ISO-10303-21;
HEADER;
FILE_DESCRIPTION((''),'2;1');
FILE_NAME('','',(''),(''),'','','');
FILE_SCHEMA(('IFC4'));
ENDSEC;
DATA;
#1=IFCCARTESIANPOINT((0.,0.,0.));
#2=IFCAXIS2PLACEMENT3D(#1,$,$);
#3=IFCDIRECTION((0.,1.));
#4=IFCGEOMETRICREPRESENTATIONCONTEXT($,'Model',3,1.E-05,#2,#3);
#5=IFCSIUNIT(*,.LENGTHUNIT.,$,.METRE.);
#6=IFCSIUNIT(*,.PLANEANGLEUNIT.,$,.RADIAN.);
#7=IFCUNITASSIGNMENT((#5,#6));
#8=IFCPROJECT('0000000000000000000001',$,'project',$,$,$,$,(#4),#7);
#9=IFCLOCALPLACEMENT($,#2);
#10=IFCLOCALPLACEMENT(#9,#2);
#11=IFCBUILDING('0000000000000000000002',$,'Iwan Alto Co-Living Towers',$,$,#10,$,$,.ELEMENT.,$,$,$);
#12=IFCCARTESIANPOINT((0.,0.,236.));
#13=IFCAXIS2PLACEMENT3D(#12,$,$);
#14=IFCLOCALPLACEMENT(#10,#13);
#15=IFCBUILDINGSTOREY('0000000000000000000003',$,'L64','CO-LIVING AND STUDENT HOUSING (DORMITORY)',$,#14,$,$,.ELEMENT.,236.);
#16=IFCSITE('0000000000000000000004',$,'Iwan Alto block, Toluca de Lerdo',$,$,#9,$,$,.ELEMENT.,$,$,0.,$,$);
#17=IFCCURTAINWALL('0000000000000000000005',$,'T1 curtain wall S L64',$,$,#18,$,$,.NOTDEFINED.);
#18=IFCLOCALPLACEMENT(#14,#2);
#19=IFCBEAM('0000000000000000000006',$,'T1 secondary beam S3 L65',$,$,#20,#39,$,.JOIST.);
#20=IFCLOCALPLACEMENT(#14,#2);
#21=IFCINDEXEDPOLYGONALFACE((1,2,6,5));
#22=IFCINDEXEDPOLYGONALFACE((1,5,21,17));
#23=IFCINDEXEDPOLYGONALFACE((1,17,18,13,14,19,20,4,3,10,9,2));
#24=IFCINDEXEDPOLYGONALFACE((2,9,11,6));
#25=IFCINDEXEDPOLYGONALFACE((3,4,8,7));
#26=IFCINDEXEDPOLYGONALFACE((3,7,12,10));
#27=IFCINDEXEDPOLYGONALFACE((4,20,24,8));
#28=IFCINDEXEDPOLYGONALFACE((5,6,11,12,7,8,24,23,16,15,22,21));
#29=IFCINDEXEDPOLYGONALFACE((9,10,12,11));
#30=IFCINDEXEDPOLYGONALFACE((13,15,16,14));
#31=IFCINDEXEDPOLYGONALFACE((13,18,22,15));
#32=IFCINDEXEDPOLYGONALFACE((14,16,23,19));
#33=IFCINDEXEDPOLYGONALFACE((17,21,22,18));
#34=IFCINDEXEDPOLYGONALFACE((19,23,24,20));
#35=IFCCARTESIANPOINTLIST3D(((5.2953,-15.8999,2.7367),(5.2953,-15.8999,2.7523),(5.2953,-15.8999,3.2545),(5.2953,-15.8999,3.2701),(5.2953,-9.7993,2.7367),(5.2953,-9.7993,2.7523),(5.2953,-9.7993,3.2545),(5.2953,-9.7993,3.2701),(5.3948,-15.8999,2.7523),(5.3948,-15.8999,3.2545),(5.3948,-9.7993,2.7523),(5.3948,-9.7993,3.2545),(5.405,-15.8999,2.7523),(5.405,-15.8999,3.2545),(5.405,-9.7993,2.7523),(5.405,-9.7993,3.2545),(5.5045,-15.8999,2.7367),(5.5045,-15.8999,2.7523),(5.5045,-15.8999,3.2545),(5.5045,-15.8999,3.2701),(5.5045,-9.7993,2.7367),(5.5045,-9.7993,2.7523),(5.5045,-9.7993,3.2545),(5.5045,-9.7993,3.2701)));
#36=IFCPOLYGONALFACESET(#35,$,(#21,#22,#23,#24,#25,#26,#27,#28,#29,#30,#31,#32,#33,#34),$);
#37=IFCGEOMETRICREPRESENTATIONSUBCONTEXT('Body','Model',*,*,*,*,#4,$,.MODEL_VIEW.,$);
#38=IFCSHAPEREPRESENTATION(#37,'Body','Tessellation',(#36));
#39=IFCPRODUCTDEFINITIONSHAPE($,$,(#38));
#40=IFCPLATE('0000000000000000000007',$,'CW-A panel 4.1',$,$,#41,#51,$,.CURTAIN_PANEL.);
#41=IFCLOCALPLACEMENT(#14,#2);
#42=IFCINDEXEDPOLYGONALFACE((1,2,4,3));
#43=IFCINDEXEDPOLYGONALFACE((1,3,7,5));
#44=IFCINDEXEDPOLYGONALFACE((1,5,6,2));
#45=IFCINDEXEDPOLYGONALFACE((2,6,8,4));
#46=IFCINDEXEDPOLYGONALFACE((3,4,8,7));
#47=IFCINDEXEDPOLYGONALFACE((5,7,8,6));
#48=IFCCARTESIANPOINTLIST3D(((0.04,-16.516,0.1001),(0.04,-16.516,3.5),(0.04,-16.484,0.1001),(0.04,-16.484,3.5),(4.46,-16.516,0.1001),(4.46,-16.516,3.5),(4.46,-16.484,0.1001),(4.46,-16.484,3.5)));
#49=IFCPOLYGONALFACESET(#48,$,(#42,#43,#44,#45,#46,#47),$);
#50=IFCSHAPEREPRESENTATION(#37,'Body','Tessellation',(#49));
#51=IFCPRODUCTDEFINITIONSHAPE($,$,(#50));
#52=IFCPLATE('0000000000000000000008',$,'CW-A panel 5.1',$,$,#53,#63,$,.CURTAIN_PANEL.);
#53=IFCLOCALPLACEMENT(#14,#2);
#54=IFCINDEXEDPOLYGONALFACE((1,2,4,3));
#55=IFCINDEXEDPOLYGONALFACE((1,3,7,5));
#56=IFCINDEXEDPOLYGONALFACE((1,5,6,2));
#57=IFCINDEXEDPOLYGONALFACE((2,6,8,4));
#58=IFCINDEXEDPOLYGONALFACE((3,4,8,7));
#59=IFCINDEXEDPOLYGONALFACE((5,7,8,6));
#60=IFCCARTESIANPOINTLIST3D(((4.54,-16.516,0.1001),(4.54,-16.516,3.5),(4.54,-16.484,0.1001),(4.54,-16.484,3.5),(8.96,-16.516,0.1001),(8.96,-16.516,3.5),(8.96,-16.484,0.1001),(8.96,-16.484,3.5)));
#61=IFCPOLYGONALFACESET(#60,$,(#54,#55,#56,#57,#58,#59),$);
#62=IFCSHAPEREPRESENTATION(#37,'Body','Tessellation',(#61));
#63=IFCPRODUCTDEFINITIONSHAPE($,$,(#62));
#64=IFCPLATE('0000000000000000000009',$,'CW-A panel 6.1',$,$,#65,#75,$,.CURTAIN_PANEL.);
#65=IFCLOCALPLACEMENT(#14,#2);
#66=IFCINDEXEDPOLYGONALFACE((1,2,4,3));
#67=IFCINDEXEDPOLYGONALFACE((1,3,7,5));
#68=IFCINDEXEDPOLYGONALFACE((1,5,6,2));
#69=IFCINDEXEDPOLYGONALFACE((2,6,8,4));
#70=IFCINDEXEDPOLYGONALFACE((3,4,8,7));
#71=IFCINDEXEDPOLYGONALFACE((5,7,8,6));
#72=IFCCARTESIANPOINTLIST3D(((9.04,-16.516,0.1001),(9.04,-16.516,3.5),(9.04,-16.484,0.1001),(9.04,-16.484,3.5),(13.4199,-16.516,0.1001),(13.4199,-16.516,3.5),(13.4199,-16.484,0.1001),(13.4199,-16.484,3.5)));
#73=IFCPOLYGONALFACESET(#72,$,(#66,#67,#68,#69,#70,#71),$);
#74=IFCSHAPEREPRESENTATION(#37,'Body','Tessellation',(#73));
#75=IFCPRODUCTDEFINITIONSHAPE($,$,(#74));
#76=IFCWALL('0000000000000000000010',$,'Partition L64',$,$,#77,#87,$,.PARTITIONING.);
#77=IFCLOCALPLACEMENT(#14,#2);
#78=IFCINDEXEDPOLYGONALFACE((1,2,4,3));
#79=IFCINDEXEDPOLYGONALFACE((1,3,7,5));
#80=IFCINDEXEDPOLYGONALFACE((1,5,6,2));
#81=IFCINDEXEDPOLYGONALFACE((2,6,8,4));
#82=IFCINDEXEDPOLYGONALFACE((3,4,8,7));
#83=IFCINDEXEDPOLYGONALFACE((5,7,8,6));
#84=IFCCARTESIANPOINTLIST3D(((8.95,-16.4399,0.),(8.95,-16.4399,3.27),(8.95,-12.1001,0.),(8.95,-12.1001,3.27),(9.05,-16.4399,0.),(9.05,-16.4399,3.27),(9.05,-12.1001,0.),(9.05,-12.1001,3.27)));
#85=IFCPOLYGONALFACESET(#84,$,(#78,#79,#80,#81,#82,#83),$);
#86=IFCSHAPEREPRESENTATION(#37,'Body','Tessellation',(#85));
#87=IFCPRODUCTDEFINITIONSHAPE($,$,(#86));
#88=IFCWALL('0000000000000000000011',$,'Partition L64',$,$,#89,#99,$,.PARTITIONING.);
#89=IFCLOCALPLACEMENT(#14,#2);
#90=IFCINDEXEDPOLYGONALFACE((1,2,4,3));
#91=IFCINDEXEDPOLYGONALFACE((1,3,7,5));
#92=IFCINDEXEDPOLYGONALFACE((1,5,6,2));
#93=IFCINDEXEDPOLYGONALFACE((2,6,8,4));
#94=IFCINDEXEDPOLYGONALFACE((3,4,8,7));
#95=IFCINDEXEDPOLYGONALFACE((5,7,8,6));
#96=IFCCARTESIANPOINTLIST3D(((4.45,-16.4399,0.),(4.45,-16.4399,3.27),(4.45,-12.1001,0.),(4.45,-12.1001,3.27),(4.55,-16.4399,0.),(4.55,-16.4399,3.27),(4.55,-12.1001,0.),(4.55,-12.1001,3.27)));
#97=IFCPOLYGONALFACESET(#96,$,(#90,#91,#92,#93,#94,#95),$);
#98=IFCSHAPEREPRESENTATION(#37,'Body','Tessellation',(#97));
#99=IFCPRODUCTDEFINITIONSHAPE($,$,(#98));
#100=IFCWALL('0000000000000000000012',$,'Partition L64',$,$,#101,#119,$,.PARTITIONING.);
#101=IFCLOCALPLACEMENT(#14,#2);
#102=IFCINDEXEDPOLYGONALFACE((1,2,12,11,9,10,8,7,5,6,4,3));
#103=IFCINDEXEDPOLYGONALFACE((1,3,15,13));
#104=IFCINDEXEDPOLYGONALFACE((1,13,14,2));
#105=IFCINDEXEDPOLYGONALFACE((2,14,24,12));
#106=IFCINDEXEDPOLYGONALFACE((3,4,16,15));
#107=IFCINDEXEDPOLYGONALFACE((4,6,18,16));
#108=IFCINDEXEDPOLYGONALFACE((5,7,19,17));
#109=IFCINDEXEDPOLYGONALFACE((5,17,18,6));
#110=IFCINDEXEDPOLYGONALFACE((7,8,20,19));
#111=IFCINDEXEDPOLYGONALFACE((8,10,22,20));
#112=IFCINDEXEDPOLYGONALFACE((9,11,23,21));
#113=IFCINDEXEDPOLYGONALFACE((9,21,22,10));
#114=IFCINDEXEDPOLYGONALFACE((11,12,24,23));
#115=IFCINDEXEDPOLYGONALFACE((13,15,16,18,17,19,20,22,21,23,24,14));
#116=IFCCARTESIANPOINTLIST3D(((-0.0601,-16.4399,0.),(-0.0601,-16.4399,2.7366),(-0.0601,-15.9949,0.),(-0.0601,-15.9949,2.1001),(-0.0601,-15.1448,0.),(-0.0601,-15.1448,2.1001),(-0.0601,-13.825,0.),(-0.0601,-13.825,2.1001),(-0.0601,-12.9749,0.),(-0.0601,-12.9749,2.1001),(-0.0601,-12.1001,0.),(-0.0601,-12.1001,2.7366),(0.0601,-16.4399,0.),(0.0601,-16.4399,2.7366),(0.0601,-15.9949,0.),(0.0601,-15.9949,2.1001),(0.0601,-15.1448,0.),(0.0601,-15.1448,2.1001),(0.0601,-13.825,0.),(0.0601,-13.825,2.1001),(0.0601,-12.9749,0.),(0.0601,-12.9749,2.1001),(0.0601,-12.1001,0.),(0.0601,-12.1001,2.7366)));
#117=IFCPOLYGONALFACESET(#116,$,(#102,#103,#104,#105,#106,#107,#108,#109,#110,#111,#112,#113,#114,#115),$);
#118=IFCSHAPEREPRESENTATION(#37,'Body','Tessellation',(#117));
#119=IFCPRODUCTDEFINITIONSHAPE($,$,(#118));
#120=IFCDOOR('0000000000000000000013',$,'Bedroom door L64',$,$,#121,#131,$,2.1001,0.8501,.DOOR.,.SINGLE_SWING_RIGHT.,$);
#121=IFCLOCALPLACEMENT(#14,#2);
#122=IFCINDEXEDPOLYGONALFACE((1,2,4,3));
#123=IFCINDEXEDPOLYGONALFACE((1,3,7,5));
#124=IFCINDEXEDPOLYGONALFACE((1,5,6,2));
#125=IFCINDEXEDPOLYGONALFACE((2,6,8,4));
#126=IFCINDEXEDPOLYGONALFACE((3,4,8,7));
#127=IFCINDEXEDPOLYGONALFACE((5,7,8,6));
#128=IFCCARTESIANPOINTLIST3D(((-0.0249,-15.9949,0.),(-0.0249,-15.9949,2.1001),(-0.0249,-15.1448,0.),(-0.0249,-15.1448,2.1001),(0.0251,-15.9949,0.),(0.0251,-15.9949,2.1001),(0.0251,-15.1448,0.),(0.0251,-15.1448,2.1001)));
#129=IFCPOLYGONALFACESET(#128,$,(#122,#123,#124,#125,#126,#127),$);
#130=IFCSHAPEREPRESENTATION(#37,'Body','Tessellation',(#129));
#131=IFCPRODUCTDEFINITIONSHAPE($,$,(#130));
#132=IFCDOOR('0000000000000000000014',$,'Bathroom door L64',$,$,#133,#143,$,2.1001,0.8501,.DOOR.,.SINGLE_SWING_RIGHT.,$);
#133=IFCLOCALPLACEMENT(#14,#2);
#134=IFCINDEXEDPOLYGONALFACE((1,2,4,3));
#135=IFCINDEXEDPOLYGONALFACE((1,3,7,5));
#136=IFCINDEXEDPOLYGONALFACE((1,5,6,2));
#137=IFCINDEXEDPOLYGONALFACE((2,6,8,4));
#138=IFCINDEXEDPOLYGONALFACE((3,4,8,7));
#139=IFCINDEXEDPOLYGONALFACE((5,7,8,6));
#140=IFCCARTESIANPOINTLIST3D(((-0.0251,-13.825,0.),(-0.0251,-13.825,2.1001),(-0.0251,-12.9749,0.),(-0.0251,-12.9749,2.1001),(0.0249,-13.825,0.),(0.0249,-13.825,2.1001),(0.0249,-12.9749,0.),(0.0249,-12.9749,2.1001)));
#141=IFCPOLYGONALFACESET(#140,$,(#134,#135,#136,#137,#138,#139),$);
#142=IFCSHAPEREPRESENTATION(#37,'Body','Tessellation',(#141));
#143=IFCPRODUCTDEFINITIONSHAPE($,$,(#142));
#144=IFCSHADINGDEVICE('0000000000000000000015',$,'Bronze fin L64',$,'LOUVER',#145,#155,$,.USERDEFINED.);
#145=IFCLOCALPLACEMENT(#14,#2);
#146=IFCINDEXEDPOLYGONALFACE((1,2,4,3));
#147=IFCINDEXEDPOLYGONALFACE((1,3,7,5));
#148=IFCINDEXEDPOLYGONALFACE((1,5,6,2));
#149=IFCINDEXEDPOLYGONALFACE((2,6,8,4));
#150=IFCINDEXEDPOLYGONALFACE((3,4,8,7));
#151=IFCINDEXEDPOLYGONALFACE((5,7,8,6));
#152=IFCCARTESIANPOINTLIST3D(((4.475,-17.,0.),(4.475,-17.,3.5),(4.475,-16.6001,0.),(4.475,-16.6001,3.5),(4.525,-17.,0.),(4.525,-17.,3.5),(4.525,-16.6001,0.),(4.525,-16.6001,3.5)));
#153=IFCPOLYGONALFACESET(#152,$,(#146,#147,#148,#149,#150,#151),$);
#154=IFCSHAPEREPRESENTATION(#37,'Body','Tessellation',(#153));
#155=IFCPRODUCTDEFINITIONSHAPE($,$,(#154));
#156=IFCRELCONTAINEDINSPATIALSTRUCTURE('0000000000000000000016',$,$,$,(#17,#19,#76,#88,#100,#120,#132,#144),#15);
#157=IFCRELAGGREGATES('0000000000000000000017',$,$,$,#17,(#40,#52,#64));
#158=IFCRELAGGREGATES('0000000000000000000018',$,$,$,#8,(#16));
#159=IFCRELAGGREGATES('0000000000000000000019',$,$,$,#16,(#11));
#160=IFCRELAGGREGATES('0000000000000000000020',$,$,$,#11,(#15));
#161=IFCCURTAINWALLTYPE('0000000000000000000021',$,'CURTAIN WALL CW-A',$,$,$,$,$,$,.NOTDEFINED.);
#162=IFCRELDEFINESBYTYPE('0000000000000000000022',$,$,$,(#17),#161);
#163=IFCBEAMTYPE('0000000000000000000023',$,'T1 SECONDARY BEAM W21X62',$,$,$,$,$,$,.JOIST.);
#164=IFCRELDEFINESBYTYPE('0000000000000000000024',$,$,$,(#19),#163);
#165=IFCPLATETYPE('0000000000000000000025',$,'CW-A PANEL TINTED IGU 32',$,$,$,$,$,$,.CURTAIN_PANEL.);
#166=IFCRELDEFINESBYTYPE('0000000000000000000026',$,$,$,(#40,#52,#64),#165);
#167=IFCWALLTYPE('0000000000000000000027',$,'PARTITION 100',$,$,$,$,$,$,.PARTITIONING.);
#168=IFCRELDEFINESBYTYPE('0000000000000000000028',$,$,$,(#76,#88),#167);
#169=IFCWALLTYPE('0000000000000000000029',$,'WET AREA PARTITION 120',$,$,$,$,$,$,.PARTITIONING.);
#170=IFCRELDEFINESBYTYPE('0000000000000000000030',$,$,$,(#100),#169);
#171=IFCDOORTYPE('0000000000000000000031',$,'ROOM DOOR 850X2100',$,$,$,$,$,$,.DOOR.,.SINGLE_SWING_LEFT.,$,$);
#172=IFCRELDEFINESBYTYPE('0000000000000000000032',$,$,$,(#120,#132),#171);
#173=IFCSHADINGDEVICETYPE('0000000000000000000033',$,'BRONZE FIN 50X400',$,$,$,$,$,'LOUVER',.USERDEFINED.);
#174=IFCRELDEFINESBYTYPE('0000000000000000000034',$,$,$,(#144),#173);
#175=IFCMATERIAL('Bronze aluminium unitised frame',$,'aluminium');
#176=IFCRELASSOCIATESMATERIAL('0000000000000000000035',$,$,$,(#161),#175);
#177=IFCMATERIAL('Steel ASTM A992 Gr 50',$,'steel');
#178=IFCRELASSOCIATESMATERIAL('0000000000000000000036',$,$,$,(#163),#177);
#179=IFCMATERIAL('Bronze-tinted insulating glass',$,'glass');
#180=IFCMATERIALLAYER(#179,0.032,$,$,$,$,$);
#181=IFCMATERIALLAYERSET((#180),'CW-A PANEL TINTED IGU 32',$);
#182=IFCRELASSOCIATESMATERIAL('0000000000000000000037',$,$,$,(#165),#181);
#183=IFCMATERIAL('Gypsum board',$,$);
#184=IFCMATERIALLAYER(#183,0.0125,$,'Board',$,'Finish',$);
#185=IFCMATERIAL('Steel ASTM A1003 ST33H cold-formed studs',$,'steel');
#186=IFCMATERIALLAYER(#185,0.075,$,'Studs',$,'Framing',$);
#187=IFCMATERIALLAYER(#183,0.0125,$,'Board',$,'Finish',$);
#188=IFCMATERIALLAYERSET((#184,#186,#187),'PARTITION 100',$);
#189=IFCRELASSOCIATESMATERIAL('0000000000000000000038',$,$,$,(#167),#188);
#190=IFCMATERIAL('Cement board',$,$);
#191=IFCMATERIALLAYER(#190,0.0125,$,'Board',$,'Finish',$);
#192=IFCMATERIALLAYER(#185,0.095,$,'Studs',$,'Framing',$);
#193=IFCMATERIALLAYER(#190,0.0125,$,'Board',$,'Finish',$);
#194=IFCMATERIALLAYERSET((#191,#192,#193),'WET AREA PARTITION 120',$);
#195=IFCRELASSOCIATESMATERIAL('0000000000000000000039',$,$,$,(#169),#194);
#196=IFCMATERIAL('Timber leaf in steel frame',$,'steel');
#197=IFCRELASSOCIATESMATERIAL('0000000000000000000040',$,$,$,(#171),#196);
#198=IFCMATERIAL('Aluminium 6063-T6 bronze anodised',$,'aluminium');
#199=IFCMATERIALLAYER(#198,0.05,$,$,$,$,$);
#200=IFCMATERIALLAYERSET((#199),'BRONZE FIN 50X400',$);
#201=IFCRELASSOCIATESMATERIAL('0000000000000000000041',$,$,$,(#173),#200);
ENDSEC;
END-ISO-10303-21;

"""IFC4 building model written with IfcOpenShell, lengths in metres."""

from ifc_helpers import new_model, si_unit, direction, frame, frame_2d, origin, origin_2d, place, context, subcontext, project, spatial, rectangle, i_section, extrude, material, layer, layer_set, material_profile, profile_set, type_object, element, fill, aggregate, save


model = new_model("IFC4")

# Units and contexts
model_context = context("Model", 3, precision=1e-05, world=origin(), true_north=direction((0.0, 1.0)))
body_context = subcontext(model_context, "Body", "Model", "MODEL_VIEW")
ifc_project = project(units=[si_unit("LENGTHUNIT", "METRE"), si_unit("PLANEANGLEUNIT", "RADIAN")], contexts=[model_context])

# Site, building, storey
site_placement = place(None, origin())
site = spatial("IfcSite", under=ifc_project, at=site_placement, Name="Iwan Alto block, Toluca de Lerdo", CompositionType="ELEMENT", RefElevation=0.0)
building_placement = place(site_placement, origin())
building = spatial("IfcBuilding", under=site, at=building_placement, Name="Iwan Alto Co-Living Towers", CompositionType="ELEMENT")
storey_placement = place(building_placement, frame((0.0, 0.0, 236.0)))
storey = spatial("IfcBuildingStorey", under=building, at=storey_placement, Name="L64", Description="CO-LIVING AND STUDENT HOUSING (DORMITORY)", CompositionType="ELEMENT", Elevation=236.0)

# Curtain wall
ifc_material_1 = material(Name="Bronze aluminium unitised frame", Category="aluminium")
curtain_wall_type = type_object("IfcCurtainWallType", Name="CURTAIN WALL CW-A", PredefinedType="NOTDEFINED", material=ifc_material_1)
curtain_wall_placement = place(storey_placement, origin())
curtain_wall = element("IfcCurtainWall", 1, at=curtain_wall_placement, inside=storey, type_object=curtain_wall_type, Name="T1 curtain wall S L64", PredefinedType="NOTDEFINED")

# Beam
ifc_material_2 = material(Name="Steel ASTM A992 Gr 50", Category="steel")
ifc_material_profile_1 = material_profile(ifc_material_2, i_section(OverallWidth=0.2092, OverallDepth=0.5334, WebThickness=0.0103, FlangeThickness=0.0156, at=origin_2d()), Name="W21X62")
ifc_profile_set_1 = profile_set([ifc_material_profile_1], Name="Steel ASTM A992 Gr 50")
beam_type_1 = type_object("IfcBeamType", Name="T1 SECONDARY BEAM W21X62", PredefinedType="JOIST", material=ifc_profile_set_1)
for number, where, z_axis, x_axis, name in (
    (2, (5.3999, -15.8999, 3.0034), (0.0, 1.0, 0.0), (-1.0, 0.0, 0.0), "T1 secondary beam S3 L65"),
):
    element("IfcBeam", number, at=place(storey_placement, frame(where, z_axis=z_axis, x_axis=x_axis)), inside=storey, type_object=beam_type_1, Name=name, PredefinedType="JOIST", context=body_context, shape_type="SweptSolid", body=[
        extrude(i_section(OverallWidth=0.2092, OverallDepth=0.5334, WebThickness=0.0103, FlangeThickness=0.0156, at=origin_2d()), origin(), (0.0, 0.0, 1.0), 6.1006),
    ])

# Plates
ifc_material_3 = material(Name="Bronze-tinted insulating glass", Category="glass")
ifc_layer_1 = layer(ifc_material_3, 0.032)
ifc_layer_set_1 = layer_set([ifc_layer_1], Name="CW-A PANEL TINTED IGU 32")
plate_type = type_object("IfcPlateType", Name="CW-A PANEL TINTED IGU 32", PredefinedType="CURTAIN_PANEL", material=ifc_layer_set_1)
plate_1_placement = place(storey_placement, frame((2.25, -16.5, 0.1001), z_axis=(0.0, 0.0, 1.0), x_axis=(1.0, 0.0, 0.0)))
plate_1 = element("IfcPlate", 3, at=plate_1_placement, type_object=plate_type, Name="CW-A panel 4.1", PredefinedType="CURTAIN_PANEL", context=body_context, shape_type="SweptSolid", body=[
    extrude(rectangle(XDim=4.4199, YDim=0.032, at=origin_2d()), origin(), (0.0, 0.0, 1.0), 3.3999),
])
plate_2_placement = place(storey_placement, frame((6.75, -16.5, 0.1001), z_axis=(0.0, 0.0, 1.0), x_axis=(1.0, 0.0, 0.0)))
plate_2 = element("IfcPlate", 4, at=plate_2_placement, type_object=plate_type, Name="CW-A panel 5.1", PredefinedType="CURTAIN_PANEL", context=body_context, shape_type="SweptSolid", body=[
    extrude(rectangle(XDim=4.4199, YDim=0.032, at=origin_2d()), origin(), (0.0, 0.0, 1.0), 3.3999),
])
plate_3_placement = place(storey_placement, frame((11.23, -16.5, 0.1001), z_axis=(0.0, 0.0, 1.0), x_axis=(1.0, 0.0, 0.0)))
plate_3 = element("IfcPlate", 5, at=plate_3_placement, type_object=plate_type, Name="CW-A panel 6.1", PredefinedType="CURTAIN_PANEL", context=body_context, shape_type="SweptSolid", body=[
    extrude(rectangle(XDim=4.3799, YDim=0.032, at=origin_2d()), origin(), (0.0, 0.0, 1.0), 3.3999),
])
aggregate(curtain_wall, [plate_1, plate_2, plate_3])

# Walls
ifc_material_4 = material(Name="Gypsum board")
ifc_layer_2 = layer(ifc_material_4, 0.0125, Name="Board", Category="Finish")
ifc_material_5 = material(Name="Steel ASTM A1003 ST33H cold-formed studs", Category="steel")
ifc_layer_3 = layer(ifc_material_5, 0.075, Name="Studs", Category="Framing")
ifc_layer_4 = layer(ifc_material_4, 0.0125, Name="Board", Category="Finish")
ifc_layer_set_2 = layer_set([ifc_layer_2, ifc_layer_3, ifc_layer_4], Name="PARTITION 100")
wall_type_1 = type_object("IfcWallType", Name="PARTITION 100", PredefinedType="PARTITIONING", material=ifc_layer_set_2)
for number, where, z_axis, x_axis, name in (
    (6, (9.0, -16.4399, 0.0), (0.0, 0.0, 1.0), (0.0, 1.0, 0.0), "Partition L64"),
    (7, (4.5, -16.4399, 0.0), (0.0, 0.0, 1.0), (0.0, 1.0, 0.0), "Partition L64"),
):
    element("IfcWall", number, at=place(storey_placement, frame(where, z_axis=z_axis, x_axis=x_axis)), inside=storey, type_object=wall_type_1, Name=name, PredefinedType="PARTITIONING", context=body_context, shape_type="SweptSolid", body=[
        extrude(rectangle(XDim=4.3398, YDim=0.1001, at=frame_2d((2.1699, 0.0))), origin(), (0.0, 0.0, 1.0), 3.27),
    ])

# Wall, openings, doors
ifc_material_6 = material(Name="Cement board")
ifc_layer_5 = layer(ifc_material_6, 0.0125, Name="Board", Category="Finish")
ifc_layer_6 = layer(ifc_material_5, 0.095, Name="Studs", Category="Framing")
ifc_layer_7 = layer(ifc_material_6, 0.0125, Name="Board", Category="Finish")
ifc_layer_set_3 = layer_set([ifc_layer_5, ifc_layer_6, ifc_layer_7], Name="WET AREA PARTITION 120")
wall_type_2 = type_object("IfcWallType", Name="WET AREA PARTITION 120", PredefinedType="PARTITIONING", material=ifc_layer_set_3)
wall_placement = place(storey_placement, frame((0.0, -16.4399, 0.0), z_axis=(0.0, 0.0, 1.0), x_axis=(0.0, 1.0, 0.0)))
wall = element("IfcWall", 8, at=wall_placement, inside=storey, type_object=wall_type_2, Name="Partition L64", PredefinedType="PARTITIONING", context=body_context, shape_type="SweptSolid", body=[
    extrude(rectangle(XDim=4.3398, YDim=0.1201, at=frame_2d((2.1699, 0.0))), origin(), (0.0, 0.0, 1.0), 2.7366),
])
opening_1_placement = place(wall_placement, frame((0.4451, 0.0, 0.0)))
opening_1 = element("IfcOpeningElement", 9, at=opening_1_placement, cuts=wall, PredefinedType="OPENING", context=body_context, shape_type="SweptSolid", body=[
    extrude(rectangle(XDim=0.8501, YDim=2.1001, at=frame_2d((0.425, 1.05))), frame((0.0, 0.0701, 0.0), z_axis=(0.0, -1.0, 0.0), x_axis=(1.0, 0.0, 0.0)), (0.0, 0.0, 1.0), 0.1401),
])
opening_2_placement = place(wall_placement, frame((2.615, 0.0, 0.0)))
opening_2 = element("IfcOpeningElement", 10, at=opening_2_placement, cuts=wall, PredefinedType="OPENING", context=body_context, shape_type="SweptSolid", body=[
    extrude(rectangle(XDim=0.8501, YDim=2.1001, at=frame_2d((0.425, 1.05))), frame((0.0, 0.0701, 0.0), z_axis=(0.0, -1.0, 0.0), x_axis=(1.0, 0.0, 0.0)), (0.0, 0.0, 1.0), 0.1401),
])
ifc_material_7 = material(Name="Timber leaf in steel frame", Category="steel")
door_type = type_object("IfcDoorType", Name="ROOM DOOR 850X2100", OperationType="SINGLE_SWING_LEFT", PredefinedType="DOOR", material=ifc_material_7)
door_1_placement = place(opening_1_placement, origin())
door_1 = element("IfcDoor", 11, at=door_1_placement, inside=storey, type_object=door_type, Name="Bedroom door L64", OperationType="SINGLE_SWING_RIGHT", OverallHeight=2.1001, OverallWidth=0.8501, PredefinedType="DOOR", context=body_context, shape_type="SweptSolid", body=[
    extrude(rectangle(XDim=0.8501, YDim=2.1001, at=frame_2d((0.425, 1.05))), frame((0.0, 0.0249, 0.0), z_axis=(0.0, -1.0, 0.0), x_axis=(1.0, 0.0, 0.0)), (0.0, 0.0, 1.0), 0.05),
])
fill(opening_1, door_1)
door_2_placement = place(opening_2_placement, frame((0.8501, 0.0, 0.0), z_axis=(0.0, 0.0, 1.0), x_axis=(-1.0, 0.0, 0.0)))
door_2 = element("IfcDoor", 12, at=door_2_placement, inside=storey, type_object=door_type, Name="Bathroom door L64", OperationType="SINGLE_SWING_RIGHT", OverallHeight=2.1001, OverallWidth=0.8501, PredefinedType="DOOR", context=body_context, shape_type="SweptSolid", body=[
    extrude(rectangle(XDim=0.8501, YDim=2.1001, at=frame_2d((0.425, 1.05))), frame((0.0, 0.0249, 0.0), z_axis=(0.0, -1.0, 0.0), x_axis=(1.0, 0.0, 0.0)), (0.0, 0.0, 1.0), 0.05),
])
fill(opening_2, door_2)

# Shading device
ifc_material_8 = material(Name="Aluminium 6063-T6 bronze anodised", Category="aluminium")
ifc_layer_8 = layer(ifc_material_8, 0.05)
ifc_layer_set_4 = layer_set([ifc_layer_8], Name="BRONZE FIN 50X400")
shading_device_type = type_object("IfcShadingDeviceType", Name="BRONZE FIN 50X400", ElementType="LOUVER", PredefinedType="USERDEFINED", material=ifc_layer_set_4)
shading_device_placement = place(storey_placement, frame((4.5, -16.8, 0.0), z_axis=(0.0, 0.0, 1.0), x_axis=(1.0, 0.0, 0.0)))
element("IfcShadingDevice", 13, at=shading_device_placement, inside=storey, type_object=shading_device_type, Name="Bronze fin L64", ObjectType="LOUVER", PredefinedType="USERDEFINED", context=body_context, shape_type="SweptSolid", body=[
    extrude(rectangle(XDim=0.05, YDim=0.3999, at=origin_2d()), origin(), (0.0, 0.0, 1.0), 3.5),
])

save(model, "model.ifc")
